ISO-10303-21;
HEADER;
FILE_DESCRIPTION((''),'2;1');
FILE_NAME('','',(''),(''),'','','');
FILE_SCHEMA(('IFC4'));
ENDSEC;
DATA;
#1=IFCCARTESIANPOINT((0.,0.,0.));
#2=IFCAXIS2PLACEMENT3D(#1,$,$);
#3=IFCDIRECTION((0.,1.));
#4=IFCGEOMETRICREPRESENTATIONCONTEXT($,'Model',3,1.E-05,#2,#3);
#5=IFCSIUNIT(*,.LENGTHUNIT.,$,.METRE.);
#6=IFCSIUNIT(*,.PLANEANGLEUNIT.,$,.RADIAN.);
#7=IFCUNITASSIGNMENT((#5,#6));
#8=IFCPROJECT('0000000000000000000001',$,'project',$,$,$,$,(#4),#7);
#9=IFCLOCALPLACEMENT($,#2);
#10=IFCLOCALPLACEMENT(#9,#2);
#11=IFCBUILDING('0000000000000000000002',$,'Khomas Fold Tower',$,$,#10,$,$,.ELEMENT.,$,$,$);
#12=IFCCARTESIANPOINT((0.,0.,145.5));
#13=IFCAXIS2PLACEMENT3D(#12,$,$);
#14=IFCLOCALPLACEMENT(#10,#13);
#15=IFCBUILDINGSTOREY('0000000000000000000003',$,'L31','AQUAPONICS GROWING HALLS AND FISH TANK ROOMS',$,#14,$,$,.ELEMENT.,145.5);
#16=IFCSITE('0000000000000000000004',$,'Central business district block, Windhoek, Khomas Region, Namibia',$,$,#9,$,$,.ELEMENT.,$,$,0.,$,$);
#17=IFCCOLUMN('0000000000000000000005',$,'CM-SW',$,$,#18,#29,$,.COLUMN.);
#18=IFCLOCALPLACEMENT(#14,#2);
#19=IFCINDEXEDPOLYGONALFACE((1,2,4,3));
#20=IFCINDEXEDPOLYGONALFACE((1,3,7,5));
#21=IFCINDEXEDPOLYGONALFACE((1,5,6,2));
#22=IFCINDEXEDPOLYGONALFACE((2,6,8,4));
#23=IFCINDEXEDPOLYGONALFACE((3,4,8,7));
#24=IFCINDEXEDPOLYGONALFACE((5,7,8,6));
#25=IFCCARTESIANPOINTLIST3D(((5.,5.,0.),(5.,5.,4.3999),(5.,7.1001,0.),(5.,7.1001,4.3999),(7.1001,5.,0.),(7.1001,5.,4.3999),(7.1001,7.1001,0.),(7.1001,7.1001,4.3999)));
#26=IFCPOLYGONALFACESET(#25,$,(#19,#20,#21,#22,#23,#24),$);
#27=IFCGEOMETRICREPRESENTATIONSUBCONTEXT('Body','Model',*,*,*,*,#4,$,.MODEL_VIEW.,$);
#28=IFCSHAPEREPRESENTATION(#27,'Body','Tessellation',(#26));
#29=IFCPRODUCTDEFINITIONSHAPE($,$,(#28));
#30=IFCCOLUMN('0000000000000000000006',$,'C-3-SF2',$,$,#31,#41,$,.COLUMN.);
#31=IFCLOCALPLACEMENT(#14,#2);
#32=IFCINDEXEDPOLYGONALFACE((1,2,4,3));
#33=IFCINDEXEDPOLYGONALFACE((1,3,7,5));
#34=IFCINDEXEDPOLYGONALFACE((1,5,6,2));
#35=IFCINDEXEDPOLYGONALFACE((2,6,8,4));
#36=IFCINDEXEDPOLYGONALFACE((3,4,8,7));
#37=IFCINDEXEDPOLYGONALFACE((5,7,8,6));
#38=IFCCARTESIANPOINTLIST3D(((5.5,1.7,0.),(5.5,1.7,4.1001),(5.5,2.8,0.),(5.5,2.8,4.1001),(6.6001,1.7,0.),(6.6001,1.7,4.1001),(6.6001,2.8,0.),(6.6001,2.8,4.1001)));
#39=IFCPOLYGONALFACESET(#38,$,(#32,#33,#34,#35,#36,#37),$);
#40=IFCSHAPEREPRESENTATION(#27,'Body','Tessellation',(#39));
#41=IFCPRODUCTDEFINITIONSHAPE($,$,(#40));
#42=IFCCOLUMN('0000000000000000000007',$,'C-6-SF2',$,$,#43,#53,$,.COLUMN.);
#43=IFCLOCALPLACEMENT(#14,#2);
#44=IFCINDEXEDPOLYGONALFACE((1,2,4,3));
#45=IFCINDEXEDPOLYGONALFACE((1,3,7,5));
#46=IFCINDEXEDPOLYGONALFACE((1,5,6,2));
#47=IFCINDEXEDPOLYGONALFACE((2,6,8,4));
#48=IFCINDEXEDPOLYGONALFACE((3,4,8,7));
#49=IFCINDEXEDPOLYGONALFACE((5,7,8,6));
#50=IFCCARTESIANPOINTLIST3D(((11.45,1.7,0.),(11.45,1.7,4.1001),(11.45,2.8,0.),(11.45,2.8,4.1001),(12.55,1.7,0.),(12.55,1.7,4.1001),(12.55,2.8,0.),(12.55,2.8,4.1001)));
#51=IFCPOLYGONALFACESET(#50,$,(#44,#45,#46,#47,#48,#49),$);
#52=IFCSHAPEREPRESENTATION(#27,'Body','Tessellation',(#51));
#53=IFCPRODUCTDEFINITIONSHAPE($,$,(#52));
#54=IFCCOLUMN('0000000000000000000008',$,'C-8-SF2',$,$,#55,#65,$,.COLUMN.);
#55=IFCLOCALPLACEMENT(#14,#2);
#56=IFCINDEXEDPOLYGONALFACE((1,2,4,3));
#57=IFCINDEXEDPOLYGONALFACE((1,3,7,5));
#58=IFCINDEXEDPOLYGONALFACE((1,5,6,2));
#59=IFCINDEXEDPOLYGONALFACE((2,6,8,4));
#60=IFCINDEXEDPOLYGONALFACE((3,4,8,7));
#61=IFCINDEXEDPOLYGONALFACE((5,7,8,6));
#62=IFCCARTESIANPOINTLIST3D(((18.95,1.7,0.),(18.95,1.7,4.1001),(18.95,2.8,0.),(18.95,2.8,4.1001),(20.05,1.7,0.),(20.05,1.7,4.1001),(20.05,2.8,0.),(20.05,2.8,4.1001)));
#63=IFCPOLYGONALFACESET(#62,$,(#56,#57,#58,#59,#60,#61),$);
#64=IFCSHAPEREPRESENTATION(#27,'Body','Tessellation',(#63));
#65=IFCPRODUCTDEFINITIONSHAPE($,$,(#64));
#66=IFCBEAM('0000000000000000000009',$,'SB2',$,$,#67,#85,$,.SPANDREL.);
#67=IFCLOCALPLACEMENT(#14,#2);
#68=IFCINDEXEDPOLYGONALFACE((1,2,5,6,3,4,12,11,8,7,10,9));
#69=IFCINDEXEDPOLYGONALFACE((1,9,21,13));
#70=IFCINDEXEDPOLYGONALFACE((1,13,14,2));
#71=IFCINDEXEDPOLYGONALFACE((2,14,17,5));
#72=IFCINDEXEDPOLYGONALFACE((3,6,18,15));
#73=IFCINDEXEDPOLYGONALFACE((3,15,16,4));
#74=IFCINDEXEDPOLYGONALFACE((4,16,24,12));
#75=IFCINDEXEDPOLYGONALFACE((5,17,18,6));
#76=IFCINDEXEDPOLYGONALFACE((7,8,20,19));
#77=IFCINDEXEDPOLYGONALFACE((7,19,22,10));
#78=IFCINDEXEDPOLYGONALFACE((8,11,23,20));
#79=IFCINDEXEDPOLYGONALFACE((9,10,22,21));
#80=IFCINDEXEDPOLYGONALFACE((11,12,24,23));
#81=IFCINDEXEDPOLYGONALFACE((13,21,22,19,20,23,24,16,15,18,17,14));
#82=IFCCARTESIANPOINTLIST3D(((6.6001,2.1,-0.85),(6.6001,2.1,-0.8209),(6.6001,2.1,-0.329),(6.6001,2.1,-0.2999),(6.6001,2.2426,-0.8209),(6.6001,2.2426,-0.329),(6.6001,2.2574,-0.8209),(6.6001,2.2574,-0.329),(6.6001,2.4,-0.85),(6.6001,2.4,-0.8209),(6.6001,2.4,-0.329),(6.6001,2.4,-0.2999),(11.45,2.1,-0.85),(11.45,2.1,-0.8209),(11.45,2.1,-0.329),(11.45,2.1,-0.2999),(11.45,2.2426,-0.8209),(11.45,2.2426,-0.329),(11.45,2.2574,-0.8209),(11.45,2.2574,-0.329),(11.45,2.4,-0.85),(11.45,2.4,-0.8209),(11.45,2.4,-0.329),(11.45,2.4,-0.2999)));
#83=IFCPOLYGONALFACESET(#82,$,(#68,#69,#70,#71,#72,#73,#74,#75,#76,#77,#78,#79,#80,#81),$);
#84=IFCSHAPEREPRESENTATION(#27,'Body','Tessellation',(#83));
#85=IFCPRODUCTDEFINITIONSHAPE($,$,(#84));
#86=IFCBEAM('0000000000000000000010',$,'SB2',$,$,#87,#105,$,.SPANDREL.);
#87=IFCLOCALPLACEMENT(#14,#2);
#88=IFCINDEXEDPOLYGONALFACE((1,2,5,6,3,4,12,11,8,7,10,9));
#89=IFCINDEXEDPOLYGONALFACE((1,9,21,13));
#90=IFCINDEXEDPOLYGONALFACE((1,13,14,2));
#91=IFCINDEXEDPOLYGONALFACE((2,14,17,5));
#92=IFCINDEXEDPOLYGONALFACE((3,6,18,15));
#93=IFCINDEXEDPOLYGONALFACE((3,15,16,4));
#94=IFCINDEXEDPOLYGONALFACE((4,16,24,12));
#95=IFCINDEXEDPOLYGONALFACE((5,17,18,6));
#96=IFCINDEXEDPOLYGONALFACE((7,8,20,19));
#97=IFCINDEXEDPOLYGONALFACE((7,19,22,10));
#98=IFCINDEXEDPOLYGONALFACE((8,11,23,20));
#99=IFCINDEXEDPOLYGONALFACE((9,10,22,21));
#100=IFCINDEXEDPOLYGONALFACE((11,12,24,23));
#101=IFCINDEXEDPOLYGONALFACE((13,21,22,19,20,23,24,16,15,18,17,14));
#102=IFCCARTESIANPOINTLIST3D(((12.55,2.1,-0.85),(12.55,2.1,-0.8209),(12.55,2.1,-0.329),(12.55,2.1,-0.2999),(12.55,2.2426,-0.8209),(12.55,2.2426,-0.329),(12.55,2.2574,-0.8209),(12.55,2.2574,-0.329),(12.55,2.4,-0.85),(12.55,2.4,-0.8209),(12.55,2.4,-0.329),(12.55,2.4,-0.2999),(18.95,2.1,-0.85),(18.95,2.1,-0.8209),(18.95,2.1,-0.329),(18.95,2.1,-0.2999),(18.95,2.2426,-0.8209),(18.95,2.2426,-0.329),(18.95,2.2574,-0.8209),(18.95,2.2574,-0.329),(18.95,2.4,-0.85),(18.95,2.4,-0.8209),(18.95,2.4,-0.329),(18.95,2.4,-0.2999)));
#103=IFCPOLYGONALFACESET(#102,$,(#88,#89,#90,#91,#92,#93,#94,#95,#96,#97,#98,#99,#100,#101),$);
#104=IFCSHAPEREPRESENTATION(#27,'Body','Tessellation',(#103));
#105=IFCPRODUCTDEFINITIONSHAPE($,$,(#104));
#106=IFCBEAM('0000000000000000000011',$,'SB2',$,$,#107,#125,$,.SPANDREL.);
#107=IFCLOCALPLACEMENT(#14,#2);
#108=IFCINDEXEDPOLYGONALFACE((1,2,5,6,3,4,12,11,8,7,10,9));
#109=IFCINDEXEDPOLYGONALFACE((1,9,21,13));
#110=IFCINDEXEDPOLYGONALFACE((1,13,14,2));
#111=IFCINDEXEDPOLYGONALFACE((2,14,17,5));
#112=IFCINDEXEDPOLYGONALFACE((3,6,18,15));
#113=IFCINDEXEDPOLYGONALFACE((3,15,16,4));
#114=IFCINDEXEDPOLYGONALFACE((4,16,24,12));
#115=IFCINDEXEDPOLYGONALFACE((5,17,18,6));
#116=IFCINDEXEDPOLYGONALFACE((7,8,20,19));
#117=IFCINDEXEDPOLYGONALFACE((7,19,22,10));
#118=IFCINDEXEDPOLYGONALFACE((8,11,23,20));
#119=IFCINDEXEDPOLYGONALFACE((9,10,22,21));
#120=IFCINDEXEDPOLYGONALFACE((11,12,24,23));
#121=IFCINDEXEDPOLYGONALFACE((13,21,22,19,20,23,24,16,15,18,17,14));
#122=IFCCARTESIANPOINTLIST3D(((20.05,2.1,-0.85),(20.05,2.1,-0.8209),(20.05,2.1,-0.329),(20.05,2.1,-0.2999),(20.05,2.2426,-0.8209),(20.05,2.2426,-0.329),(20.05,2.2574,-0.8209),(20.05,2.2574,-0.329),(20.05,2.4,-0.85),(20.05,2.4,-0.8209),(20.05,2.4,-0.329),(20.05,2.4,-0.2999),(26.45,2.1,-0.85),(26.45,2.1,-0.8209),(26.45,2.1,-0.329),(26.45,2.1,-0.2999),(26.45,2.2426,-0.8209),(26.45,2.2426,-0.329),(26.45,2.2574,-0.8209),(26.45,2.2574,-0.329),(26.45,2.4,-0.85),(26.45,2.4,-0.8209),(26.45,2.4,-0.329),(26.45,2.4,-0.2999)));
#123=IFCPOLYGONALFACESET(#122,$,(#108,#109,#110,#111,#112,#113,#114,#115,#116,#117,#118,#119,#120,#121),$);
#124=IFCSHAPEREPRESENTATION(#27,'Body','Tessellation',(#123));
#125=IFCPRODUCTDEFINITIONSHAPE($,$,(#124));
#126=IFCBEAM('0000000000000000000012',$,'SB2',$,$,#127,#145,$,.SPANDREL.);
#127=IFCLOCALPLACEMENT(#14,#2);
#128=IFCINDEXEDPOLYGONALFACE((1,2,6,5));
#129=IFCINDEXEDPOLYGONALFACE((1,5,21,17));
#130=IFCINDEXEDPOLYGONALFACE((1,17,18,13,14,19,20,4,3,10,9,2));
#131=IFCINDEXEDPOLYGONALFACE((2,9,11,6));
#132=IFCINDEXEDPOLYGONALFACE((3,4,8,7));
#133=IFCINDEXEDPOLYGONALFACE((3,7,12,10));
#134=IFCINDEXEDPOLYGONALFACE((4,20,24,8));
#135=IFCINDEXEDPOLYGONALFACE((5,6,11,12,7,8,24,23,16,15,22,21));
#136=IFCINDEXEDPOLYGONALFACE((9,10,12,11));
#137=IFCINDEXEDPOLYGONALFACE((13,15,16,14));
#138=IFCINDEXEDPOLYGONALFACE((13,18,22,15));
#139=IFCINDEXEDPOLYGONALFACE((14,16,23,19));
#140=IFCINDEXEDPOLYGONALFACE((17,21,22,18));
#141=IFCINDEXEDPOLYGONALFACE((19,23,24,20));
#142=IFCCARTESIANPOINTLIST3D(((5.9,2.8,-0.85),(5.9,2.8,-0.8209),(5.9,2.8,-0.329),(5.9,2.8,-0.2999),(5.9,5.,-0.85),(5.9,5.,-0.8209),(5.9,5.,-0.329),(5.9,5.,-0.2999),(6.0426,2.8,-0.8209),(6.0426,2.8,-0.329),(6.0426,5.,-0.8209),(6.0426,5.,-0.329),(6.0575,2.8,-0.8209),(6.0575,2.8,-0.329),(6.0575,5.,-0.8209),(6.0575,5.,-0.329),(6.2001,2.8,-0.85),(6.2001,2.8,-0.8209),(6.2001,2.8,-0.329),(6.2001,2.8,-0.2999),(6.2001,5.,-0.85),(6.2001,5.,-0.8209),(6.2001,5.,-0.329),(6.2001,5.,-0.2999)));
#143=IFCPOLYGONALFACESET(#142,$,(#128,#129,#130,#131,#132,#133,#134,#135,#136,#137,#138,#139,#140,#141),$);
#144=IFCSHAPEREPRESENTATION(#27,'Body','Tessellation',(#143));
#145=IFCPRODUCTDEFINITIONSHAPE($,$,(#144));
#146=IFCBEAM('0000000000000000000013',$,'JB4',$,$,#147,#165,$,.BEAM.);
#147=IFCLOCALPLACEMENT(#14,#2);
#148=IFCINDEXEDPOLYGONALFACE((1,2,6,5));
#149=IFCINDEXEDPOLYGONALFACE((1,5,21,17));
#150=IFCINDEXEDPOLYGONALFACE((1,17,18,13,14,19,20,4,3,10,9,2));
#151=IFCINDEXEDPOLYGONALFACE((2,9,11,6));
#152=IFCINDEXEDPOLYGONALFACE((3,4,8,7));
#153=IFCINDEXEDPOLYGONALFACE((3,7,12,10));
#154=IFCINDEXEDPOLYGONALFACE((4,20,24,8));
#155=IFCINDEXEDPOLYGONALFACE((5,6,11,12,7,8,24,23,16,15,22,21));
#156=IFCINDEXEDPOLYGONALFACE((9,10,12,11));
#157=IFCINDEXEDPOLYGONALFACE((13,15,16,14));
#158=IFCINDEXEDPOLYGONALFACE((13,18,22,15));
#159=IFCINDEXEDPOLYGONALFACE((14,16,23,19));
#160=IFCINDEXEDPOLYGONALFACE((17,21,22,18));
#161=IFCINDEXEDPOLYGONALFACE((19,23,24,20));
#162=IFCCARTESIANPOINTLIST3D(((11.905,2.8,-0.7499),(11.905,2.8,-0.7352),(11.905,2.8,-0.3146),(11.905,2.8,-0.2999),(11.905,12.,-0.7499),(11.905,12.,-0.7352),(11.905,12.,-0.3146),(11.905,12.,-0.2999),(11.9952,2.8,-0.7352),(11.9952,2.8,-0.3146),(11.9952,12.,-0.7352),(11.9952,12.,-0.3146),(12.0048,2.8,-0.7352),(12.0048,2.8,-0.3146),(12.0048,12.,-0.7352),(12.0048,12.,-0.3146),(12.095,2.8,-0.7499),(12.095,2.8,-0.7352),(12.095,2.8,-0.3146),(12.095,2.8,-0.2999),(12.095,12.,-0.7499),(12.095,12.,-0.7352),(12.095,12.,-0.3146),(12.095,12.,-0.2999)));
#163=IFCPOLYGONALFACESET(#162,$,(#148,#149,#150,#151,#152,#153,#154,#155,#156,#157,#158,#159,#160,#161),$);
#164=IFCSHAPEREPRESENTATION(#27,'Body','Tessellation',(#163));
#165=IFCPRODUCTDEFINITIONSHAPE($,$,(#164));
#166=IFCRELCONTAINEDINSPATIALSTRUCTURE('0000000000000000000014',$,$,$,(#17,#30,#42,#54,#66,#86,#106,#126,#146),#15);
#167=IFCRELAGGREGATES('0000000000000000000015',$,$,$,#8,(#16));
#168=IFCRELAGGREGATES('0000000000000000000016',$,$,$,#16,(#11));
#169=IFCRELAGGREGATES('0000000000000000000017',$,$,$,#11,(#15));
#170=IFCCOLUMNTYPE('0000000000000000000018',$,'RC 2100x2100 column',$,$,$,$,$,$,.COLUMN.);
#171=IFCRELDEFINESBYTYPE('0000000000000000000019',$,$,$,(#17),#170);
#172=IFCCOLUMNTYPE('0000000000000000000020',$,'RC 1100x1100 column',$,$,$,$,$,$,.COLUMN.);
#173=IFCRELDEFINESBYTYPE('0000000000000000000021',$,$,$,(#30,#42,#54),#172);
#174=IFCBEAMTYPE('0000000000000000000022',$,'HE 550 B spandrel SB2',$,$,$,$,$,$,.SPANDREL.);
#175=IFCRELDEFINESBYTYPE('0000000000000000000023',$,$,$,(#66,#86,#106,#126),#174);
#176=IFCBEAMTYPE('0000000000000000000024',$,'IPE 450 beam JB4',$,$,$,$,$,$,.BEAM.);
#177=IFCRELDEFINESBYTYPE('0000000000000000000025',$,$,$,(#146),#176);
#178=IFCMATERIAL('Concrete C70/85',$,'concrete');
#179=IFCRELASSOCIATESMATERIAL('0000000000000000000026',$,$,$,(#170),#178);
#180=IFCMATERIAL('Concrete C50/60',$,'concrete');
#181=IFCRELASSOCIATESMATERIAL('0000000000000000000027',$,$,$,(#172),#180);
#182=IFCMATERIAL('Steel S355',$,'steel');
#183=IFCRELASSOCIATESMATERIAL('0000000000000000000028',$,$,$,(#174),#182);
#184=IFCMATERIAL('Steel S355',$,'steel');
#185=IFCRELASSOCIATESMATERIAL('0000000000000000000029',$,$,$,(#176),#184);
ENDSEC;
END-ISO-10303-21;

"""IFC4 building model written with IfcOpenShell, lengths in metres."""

from ifc_helpers import new_model, si_unit, direction, frame, origin, origin_2d, place, context, subcontext, project, spatial, rectangle, i_section, extrude, source, transform, mapped, material, material_profile, profile_set, type_object, element, save


model = new_model("IFC4")

# Units and contexts
model_context = context("Model", 3, precision=1e-05, world=origin(), true_north=direction((0.0, 1.0)))
body_context = subcontext(model_context, "Body", "Model", "MODEL_VIEW")
ifc_project = project(units=[si_unit("LENGTHUNIT", "METRE"), si_unit("PLANEANGLEUNIT", "RADIAN")], contexts=[model_context])

# Site, building, storey
site_placement = place(None, origin())
site = spatial("IfcSite", under=ifc_project, at=site_placement, Name="Central business district block, Windhoek, Khomas Region, Namibia", CompositionType="ELEMENT", RefElevation=0.0)
building_placement = place(site_placement, origin())
building = spatial("IfcBuilding", under=site, at=building_placement, Name="Khomas Fold Tower", CompositionType="ELEMENT")
storey_placement = place(building_placement, frame((0.0, 0.0, 145.5)))
storey = spatial("IfcBuildingStorey", under=building, at=storey_placement, Name="L31", Description="AQUAPONICS GROWING HALLS AND FISH TANK ROOMS", CompositionType="ELEMENT", Elevation=145.5)

# Columns
ifc_material_1 = material(Name="Concrete C70/85", Category="concrete")
ifc_material_profile_1 = material_profile(ifc_material_1, rectangle(XDim=2.1001, YDim=2.1001, at=origin_2d()), Name="RC 2100x2100")
ifc_profile_set_1 = profile_set([ifc_material_profile_1], Name="Concrete C70/85")
column_type_1 = type_object("IfcColumnType", Name="RC 2100x2100 column", PredefinedType="COLUMN", material=ifc_profile_set_1)
shared_shape_1 = source(origin(), body_context, "Body", "SweptSolid", [
    extrude(rectangle(XDim=2.1001, YDim=2.1001, at=origin_2d()), origin(), (0.0, 0.0, 1.0), 4.3999),
])
column_placement = place(storey_placement, frame((6.05, 6.05, 0.0), z_axis=(0.0, 0.0, 1.0), x_axis=(1.0, 0.0, 0.0)))
element("IfcColumn", 1, at=column_placement, inside=storey, type_object=column_type_1, Name="CM-SW", PredefinedType="COLUMN", context=body_context, shape_type="MappedRepresentation", body=[
    mapped(shared_shape_1, transform((0.0, 0.0, 0.0))),
])
ifc_material_2 = material(Name="Concrete C50/60", Category="concrete")
ifc_material_profile_2 = material_profile(ifc_material_2, rectangle(XDim=1.1001, YDim=1.1001, at=origin_2d()), Name="RC 1100x1100")
ifc_profile_set_2 = profile_set([ifc_material_profile_2], Name="Concrete C50/60")
column_type_2 = type_object("IfcColumnType", Name="RC 1100x1100 column", PredefinedType="COLUMN", material=ifc_profile_set_2)
shared_shape_2 = source(origin(), body_context, "Body", "SweptSolid", [
    extrude(rectangle(XDim=1.1001, YDim=1.1001, at=origin_2d()), origin(), (0.0, 0.0, 1.0), 4.1001),
])
for number, where, z_axis, x_axis, name in (
    (2, (6.05, 2.25, 0.0), (0.0, 0.0, 1.0), (1.0, 0.0, 0.0), "C-3-SF2"),
    (3, (12.0, 2.25, 0.0), (0.0, 0.0, 1.0), (1.0, 0.0, 0.0), "C-6-SF2"),
    (4, (19.5, 2.25, 0.0), (0.0, 0.0, 1.0), (1.0, 0.0, 0.0), "C-8-SF2"),
):
    element("IfcColumn", number, at=place(storey_placement, frame(where, z_axis=z_axis, x_axis=x_axis)), inside=storey, type_object=column_type_2, Name=name, PredefinedType="COLUMN", context=body_context, shape_type="MappedRepresentation", body=[
        mapped(shared_shape_2, transform((0.0, 0.0, 0.0))),
    ])

# Beams
ifc_material_3 = material(Name="Steel S355", Category="steel")
ifc_material_profile_3 = material_profile(ifc_material_3, i_section(OverallWidth=0.3, OverallDepth=0.55, WebThickness=0.0149, FlangeThickness=0.0291, at=origin_2d()), Name="HE 550 B")
ifc_profile_set_3 = profile_set([ifc_material_profile_3], Name="Steel S355")
beam_type_1 = type_object("IfcBeamType", Name="HE 550 B spandrel SB2", PredefinedType="SPANDREL", material=ifc_profile_set_3)
shared_shape_3 = source(origin(), body_context, "Body", "SweptSolid", [
    extrude(i_section(OverallWidth=0.3, OverallDepth=0.55, WebThickness=0.0149, FlangeThickness=0.0291, at=origin_2d()), origin(), (0.0, 0.0, 1.0), 4.8499),
])
beam_1_placement = place(storey_placement, frame((6.6001, 2.25, -0.575), z_axis=(1.0, 0.0, 0.0), x_axis=(0.0, 1.0, 0.0)))
element("IfcBeam", 5, at=beam_1_placement, inside=storey, type_object=beam_type_1, Name="SB2", PredefinedType="SPANDREL", context=body_context, shape_type="MappedRepresentation", body=[
    mapped(shared_shape_3, transform((0.0, 0.0, 0.0))),
])
shared_shape_4 = source(origin(), body_context, "Body", "SweptSolid", [
    extrude(i_section(OverallWidth=0.3, OverallDepth=0.55, WebThickness=0.0149, FlangeThickness=0.0291, at=origin_2d()), origin(), (0.0, 0.0, 1.0), 6.3999),
])
for number, where, z_axis, x_axis, name in (
    (6, (12.55, 2.25, -0.575), (1.0, 0.0, 0.0), (0.0, 1.0, 0.0), "SB2"),
    (7, (20.05, 2.25, -0.575), (1.0, 0.0, 0.0), (0.0, 1.0, 0.0), "SB2"),
):
    element("IfcBeam", number, at=place(storey_placement, frame(where, z_axis=z_axis, x_axis=x_axis)), inside=storey, type_object=beam_type_1, Name=name, PredefinedType="SPANDREL", context=body_context, shape_type="MappedRepresentation", body=[
        mapped(shared_shape_4, transform((0.0, 0.0, 0.0))),
    ])
shared_shape_5 = source(origin(), body_context, "Body", "SweptSolid", [
    extrude(i_section(OverallWidth=0.3, OverallDepth=0.55, WebThickness=0.0149, FlangeThickness=0.0291, at=origin_2d()), origin(), (0.0, 0.0, 1.0), 2.2),
])
beam_2_placement = place(storey_placement, frame((6.05, 2.8, -0.575), z_axis=(0.0, 1.0, 0.0), x_axis=(-1.0, 0.0, 0.0)))
element("IfcBeam", 8, at=beam_2_placement, inside=storey, type_object=beam_type_1, Name="SB2", PredefinedType="SPANDREL", context=body_context, shape_type="MappedRepresentation", body=[
    mapped(shared_shape_5, transform((0.0, 0.0, 0.0))),
])
ifc_material_4 = material(Name="Steel S355", Category="steel")
ifc_material_profile_4 = material_profile(ifc_material_4, i_section(OverallWidth=0.1899, OverallDepth=0.45, WebThickness=0.0095, FlangeThickness=0.0146, at=origin_2d()), Name="IPE 450")
ifc_profile_set_4 = profile_set([ifc_material_profile_4], Name="Steel S355")
beam_type_2 = type_object("IfcBeamType", Name="IPE 450 beam JB4", PredefinedType="BEAM", material=ifc_profile_set_4)
shared_shape_6 = source(origin(), body_context, "Body", "SweptSolid", [
    extrude(i_section(OverallWidth=0.1899, OverallDepth=0.45, WebThickness=0.0095, FlangeThickness=0.0146, at=origin_2d()), origin(), (0.0, 0.0, 1.0), 9.2),
])
beam_3_placement = place(storey_placement, frame((12.0, 2.8, -0.5249), z_axis=(0.0, 1.0, 0.0), x_axis=(-1.0, 0.0, 0.0)))
element("IfcBeam", 9, at=beam_3_placement, inside=storey, type_object=beam_type_2, Name="JB4", PredefinedType="BEAM", context=body_context, shape_type="MappedRepresentation", body=[
    mapped(shared_shape_6, transform((0.0, 0.0, 0.0))),
])

save(model, "model.ifc")
